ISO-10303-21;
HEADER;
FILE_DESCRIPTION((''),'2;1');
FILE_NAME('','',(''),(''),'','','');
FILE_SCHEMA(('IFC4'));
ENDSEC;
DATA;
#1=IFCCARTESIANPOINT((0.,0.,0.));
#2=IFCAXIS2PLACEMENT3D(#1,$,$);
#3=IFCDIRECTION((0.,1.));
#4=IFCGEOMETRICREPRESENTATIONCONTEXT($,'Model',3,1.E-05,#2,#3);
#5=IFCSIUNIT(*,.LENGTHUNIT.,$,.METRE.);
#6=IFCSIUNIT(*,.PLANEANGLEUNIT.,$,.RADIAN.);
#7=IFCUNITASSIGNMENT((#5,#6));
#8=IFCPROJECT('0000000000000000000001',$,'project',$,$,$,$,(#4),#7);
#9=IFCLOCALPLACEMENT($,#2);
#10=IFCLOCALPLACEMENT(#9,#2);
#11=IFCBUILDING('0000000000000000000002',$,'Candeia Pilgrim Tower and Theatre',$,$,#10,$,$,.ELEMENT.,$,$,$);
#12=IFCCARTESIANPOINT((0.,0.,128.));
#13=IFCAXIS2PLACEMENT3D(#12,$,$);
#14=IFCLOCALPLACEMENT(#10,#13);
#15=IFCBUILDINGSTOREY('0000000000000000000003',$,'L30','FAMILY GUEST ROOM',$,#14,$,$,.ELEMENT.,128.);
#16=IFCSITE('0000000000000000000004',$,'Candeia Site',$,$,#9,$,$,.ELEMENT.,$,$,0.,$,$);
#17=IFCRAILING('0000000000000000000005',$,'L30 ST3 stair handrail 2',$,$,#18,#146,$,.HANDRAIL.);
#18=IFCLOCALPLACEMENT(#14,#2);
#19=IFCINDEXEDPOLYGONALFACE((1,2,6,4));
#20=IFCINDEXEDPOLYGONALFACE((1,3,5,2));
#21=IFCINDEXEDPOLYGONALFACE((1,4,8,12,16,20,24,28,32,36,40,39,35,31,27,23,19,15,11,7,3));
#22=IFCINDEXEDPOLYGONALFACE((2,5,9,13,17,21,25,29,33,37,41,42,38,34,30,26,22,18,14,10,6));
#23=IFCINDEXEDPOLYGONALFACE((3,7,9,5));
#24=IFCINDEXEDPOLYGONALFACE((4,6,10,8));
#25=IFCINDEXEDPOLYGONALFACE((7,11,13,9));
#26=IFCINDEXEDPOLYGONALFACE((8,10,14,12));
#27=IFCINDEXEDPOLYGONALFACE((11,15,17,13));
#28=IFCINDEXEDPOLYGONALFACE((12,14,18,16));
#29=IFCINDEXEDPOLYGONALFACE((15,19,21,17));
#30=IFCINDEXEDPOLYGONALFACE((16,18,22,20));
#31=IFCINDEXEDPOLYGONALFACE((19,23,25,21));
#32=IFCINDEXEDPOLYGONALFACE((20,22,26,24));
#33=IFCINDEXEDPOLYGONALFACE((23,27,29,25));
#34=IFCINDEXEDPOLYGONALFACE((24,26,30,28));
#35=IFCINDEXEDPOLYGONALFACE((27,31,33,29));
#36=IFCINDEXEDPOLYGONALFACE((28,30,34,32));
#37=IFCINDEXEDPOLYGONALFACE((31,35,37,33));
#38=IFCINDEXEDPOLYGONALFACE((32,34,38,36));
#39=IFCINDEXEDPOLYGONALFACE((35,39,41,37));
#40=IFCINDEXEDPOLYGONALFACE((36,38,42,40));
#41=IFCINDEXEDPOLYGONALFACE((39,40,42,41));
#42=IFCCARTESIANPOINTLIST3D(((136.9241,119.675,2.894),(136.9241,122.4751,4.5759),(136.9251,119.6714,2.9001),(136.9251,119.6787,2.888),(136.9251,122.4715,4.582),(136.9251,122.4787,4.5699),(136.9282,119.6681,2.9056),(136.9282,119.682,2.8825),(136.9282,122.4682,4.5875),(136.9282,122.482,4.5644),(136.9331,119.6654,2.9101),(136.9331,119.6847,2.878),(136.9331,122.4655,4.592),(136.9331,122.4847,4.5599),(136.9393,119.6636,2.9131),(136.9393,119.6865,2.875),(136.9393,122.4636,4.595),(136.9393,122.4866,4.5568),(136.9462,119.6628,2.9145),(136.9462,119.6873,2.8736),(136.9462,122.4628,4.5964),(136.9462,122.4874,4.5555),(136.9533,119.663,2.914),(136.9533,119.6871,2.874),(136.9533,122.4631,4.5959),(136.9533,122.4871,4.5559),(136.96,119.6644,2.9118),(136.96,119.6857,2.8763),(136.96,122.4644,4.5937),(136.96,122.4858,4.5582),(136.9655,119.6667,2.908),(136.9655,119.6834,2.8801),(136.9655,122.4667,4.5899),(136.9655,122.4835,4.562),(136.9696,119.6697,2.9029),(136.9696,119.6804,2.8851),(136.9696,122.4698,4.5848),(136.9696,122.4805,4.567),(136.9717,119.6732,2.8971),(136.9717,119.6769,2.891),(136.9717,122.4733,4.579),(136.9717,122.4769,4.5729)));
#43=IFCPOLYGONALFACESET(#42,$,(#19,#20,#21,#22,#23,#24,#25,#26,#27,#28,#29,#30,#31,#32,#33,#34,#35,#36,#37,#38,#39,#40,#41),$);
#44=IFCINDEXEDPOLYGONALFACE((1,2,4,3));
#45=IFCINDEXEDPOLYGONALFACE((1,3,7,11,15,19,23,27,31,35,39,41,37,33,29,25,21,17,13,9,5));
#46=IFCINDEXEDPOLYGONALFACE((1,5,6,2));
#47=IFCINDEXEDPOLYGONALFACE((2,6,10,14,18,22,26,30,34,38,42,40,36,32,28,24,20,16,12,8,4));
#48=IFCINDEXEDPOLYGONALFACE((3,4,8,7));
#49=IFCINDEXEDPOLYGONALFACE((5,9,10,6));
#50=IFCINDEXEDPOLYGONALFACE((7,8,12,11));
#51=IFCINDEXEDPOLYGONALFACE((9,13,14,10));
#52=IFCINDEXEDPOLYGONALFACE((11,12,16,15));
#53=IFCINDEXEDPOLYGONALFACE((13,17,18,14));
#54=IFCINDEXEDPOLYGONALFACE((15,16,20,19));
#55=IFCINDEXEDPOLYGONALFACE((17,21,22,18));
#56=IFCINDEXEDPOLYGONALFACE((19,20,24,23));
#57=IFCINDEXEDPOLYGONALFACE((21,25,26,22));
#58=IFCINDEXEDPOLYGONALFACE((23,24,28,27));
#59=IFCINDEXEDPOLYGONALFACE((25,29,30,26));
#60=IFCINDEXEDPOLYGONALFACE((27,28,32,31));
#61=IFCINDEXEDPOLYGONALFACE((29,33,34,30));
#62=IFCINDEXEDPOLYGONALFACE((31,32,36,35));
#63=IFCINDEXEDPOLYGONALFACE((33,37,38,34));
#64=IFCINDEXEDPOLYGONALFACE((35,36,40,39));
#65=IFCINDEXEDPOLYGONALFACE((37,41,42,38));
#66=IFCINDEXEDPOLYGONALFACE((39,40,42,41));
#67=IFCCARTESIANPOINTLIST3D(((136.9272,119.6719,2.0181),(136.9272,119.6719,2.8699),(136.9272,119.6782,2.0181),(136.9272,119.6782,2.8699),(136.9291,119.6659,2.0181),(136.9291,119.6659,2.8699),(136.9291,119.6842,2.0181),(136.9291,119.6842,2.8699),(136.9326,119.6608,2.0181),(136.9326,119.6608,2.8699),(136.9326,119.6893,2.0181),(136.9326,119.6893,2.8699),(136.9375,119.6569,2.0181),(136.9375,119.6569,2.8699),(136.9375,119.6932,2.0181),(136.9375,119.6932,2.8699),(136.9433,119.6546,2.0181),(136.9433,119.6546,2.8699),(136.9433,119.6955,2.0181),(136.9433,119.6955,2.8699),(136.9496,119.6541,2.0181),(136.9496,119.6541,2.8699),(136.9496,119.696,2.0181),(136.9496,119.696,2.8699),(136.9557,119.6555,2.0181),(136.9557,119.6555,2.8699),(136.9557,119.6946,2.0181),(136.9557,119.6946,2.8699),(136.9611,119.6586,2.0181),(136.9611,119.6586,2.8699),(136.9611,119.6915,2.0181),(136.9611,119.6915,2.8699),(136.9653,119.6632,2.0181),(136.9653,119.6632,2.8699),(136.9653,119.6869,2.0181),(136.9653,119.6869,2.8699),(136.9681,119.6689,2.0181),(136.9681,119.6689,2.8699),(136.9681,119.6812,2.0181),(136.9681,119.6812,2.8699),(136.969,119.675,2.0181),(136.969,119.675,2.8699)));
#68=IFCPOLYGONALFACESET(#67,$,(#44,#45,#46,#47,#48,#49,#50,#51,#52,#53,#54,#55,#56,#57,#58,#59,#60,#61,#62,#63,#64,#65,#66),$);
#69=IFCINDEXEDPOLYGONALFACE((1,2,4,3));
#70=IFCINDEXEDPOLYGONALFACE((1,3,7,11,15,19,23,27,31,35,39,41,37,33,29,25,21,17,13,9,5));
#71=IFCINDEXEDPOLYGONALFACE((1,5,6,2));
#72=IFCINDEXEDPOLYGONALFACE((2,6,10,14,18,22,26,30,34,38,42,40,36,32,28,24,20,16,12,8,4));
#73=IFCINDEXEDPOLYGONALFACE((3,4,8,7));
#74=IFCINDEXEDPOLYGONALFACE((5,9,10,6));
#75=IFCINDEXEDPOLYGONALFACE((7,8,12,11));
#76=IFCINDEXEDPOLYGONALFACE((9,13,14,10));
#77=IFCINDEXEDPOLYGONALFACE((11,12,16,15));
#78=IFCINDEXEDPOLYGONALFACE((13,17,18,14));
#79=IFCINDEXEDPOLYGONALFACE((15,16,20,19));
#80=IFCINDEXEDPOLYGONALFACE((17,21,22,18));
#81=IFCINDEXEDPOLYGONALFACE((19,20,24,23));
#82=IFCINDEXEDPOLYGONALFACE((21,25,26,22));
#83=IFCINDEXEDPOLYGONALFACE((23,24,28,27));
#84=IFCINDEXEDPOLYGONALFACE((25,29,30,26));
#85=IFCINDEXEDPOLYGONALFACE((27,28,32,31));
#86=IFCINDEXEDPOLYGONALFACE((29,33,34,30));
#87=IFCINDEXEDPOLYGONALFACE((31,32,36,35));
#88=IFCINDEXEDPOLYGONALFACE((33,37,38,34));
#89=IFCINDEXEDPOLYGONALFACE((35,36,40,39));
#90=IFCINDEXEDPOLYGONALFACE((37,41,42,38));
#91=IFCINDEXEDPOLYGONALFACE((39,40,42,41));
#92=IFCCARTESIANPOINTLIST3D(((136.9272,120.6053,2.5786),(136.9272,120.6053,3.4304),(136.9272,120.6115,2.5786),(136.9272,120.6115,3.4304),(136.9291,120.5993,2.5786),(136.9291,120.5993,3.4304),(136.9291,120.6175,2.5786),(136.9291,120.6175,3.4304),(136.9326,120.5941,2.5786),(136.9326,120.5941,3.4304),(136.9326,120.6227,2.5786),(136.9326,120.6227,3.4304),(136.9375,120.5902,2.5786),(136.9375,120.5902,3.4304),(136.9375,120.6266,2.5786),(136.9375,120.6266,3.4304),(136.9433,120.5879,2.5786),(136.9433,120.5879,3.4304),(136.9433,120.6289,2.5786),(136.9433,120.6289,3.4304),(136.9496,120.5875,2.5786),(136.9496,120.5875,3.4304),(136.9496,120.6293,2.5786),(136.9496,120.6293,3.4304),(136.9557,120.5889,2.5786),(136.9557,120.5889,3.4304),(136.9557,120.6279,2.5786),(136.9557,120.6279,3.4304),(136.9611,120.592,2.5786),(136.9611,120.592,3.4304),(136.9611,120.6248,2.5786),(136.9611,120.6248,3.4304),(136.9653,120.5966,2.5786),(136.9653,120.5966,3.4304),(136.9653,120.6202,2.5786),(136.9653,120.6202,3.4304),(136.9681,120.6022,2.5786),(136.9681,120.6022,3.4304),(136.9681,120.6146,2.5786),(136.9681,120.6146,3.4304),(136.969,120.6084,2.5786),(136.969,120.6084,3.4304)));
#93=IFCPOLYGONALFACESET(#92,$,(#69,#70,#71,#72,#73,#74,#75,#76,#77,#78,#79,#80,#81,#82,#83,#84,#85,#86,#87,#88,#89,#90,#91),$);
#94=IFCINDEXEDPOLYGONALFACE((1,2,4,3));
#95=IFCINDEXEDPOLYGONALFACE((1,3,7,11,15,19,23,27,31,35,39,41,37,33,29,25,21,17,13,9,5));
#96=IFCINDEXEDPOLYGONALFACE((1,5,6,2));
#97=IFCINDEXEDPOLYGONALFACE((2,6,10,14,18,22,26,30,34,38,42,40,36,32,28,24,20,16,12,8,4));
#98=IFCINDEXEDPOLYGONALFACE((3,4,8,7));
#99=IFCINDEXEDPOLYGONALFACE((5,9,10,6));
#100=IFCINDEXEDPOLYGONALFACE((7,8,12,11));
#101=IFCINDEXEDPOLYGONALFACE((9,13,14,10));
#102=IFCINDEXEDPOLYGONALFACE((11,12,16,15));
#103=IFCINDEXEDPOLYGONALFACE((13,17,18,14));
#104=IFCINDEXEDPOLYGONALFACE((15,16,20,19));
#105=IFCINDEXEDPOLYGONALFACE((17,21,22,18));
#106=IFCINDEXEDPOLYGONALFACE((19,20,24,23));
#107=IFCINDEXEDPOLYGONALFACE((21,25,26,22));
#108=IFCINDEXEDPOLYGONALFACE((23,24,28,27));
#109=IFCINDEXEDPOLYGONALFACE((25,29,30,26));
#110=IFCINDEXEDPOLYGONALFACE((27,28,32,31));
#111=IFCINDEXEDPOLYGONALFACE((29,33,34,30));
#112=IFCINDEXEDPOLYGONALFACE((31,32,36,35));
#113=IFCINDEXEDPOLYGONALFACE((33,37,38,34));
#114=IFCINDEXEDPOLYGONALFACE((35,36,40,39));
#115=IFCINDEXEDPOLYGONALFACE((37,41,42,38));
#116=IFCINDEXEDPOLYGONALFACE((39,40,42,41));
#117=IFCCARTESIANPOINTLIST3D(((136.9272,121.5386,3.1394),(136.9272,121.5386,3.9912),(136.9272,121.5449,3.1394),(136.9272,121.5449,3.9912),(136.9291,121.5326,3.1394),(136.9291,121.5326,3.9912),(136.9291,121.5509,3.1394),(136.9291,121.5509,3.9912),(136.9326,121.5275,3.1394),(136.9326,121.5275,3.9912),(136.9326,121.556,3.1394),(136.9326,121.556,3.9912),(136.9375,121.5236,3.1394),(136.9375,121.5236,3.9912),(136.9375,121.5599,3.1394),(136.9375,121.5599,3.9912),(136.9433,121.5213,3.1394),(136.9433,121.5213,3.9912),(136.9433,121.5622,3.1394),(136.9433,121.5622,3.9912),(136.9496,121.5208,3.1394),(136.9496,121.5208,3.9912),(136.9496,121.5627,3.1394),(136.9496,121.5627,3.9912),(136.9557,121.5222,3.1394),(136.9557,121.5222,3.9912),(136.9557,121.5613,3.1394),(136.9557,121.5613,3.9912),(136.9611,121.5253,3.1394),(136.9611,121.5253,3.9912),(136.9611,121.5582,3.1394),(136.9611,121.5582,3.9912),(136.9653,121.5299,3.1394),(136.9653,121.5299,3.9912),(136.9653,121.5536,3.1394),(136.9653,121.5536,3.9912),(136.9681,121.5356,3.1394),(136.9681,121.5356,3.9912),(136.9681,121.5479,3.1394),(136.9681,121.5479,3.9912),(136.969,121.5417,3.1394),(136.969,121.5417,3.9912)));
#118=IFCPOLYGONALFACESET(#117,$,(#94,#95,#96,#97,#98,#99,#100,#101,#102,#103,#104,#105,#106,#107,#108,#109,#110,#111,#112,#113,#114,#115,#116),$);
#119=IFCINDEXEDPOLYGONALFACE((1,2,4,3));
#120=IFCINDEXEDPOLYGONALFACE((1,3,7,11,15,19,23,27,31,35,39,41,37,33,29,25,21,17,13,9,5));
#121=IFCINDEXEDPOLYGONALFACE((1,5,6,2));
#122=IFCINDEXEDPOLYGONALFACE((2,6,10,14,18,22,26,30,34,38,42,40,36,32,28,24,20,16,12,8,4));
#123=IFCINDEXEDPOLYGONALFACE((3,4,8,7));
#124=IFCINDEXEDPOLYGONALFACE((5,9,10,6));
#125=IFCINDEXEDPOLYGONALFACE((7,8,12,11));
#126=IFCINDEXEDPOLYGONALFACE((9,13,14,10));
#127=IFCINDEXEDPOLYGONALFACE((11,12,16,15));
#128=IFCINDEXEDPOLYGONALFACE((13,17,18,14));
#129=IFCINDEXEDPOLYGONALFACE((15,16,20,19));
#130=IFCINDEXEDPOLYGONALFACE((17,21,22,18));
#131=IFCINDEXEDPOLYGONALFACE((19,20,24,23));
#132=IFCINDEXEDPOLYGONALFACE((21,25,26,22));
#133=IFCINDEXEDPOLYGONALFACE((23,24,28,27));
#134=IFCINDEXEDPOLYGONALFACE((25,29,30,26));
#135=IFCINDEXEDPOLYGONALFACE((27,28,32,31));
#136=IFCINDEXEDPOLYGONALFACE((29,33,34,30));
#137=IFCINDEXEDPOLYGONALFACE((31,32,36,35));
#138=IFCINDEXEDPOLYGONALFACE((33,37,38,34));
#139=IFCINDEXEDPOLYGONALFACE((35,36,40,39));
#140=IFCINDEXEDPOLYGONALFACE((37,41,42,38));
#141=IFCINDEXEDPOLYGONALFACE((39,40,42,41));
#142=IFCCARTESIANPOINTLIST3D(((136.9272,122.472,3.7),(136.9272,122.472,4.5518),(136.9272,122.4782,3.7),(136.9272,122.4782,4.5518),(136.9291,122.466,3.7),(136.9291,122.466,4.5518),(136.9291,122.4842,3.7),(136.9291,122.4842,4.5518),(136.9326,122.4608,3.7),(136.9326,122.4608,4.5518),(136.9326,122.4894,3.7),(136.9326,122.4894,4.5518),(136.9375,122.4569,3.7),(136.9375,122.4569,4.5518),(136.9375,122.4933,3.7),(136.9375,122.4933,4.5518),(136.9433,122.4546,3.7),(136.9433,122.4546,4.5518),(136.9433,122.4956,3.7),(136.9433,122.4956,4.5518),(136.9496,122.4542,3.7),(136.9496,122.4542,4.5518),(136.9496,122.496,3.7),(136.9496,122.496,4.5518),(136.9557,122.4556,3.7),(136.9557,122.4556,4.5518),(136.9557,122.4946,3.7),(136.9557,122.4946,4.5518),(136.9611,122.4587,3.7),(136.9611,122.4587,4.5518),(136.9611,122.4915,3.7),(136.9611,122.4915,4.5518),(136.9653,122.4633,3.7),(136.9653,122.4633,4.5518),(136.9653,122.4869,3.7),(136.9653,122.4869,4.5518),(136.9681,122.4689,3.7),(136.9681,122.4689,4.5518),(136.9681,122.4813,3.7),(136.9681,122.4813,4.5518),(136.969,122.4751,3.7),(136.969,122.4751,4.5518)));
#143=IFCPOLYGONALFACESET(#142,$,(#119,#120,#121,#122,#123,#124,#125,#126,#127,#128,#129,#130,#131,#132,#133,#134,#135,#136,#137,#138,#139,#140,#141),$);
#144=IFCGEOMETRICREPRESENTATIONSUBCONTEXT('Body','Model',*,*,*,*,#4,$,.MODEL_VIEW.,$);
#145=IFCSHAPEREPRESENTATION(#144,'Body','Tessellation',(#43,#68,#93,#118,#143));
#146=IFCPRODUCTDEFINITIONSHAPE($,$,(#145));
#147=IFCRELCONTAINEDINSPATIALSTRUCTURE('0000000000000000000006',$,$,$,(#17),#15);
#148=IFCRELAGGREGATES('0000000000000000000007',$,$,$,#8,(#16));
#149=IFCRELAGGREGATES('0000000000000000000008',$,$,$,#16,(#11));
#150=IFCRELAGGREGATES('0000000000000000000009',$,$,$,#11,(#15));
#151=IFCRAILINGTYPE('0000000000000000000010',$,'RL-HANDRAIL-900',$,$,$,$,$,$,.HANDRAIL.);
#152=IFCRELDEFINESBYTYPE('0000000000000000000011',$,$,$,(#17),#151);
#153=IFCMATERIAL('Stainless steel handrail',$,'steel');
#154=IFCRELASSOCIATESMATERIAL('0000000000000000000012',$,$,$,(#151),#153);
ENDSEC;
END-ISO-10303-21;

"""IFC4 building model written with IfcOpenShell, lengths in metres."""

from ifc_helpers import new_model, si_unit, direction, frame, origin, origin_2d, place, context, subcontext, project, spatial, circle, extrude, material, type_object, element, save


model = new_model("IFC4")

# Units and contexts
model_context = context("Model", 3, precision=1e-05, world=origin(), true_north=direction((0.0, 1.0)))
body_context = subcontext(model_context, "Body", "Model", "MODEL_VIEW")
ifc_project = project(units=[si_unit("LENGTHUNIT", "METRE"), si_unit("PLANEANGLEUNIT", "RADIAN")], contexts=[model_context])

# Site, building, storey
site_placement = place(None, origin())
site = spatial("IfcSite", under=ifc_project, at=site_placement, Name="Candeia Site", CompositionType="ELEMENT", RefElevation=0.0)
building_placement = place(site_placement, origin())
building = spatial("IfcBuilding", under=site, at=building_placement, Name="Candeia Pilgrim Tower and Theatre", CompositionType="ELEMENT")
storey_placement = place(building_placement, frame((0.0, 0.0, 128.0)))
storey = spatial("IfcBuildingStorey", under=building, at=storey_placement, Name="L30", Description="FAMILY GUEST ROOM", CompositionType="ELEMENT", Elevation=128.0)

# Railing
ifc_material_1 = material(Name="Stainless steel handrail", Category="steel")
railing_type_1 = type_object("IfcRailingType", Name="RL-HANDRAIL-900", PredefinedType="HANDRAIL", material=ifc_material_1)
railing_1_placement = place(storey_placement, frame((136.948, 119.675, 2.0181)))
element("IfcRailing", 1, at=railing_1_placement, inside=storey, type_object=railing_type_1, Name="L30 ST3 stair handrail 2", PredefinedType="HANDRAIL", context=body_context, shape_type="SweptSolid", body=[
    extrude(circle(Radius=0.0239, at=origin_2d()), frame((0.0, 0.0, 0.876), z_axis=(0.0, 0.857242, 0.514913), x_axis=(-1.0, 0.0, 0.0)), (0.0, 0.0, 1.0), 3.2664),
    extrude(circle(Radius=0.021, at=origin_2d()), origin(), (0.0, 0.0, 1.0), 0.8518),
    extrude(circle(Radius=0.021, at=origin_2d()), frame((0.0, 0.9333, 0.5605)), (0.0, 0.0, 1.0), 0.8518),
    extrude(circle(Radius=0.021, at=origin_2d()), frame((0.0, 1.8667, 1.1213)), (0.0, 0.0, 1.0), 0.8518),
    extrude(circle(Radius=0.021, at=origin_2d()), frame((0.0, 2.8, 1.6819)), (0.0, 0.0, 1.0), 0.8518),
])

save(model, "model.ifc")
